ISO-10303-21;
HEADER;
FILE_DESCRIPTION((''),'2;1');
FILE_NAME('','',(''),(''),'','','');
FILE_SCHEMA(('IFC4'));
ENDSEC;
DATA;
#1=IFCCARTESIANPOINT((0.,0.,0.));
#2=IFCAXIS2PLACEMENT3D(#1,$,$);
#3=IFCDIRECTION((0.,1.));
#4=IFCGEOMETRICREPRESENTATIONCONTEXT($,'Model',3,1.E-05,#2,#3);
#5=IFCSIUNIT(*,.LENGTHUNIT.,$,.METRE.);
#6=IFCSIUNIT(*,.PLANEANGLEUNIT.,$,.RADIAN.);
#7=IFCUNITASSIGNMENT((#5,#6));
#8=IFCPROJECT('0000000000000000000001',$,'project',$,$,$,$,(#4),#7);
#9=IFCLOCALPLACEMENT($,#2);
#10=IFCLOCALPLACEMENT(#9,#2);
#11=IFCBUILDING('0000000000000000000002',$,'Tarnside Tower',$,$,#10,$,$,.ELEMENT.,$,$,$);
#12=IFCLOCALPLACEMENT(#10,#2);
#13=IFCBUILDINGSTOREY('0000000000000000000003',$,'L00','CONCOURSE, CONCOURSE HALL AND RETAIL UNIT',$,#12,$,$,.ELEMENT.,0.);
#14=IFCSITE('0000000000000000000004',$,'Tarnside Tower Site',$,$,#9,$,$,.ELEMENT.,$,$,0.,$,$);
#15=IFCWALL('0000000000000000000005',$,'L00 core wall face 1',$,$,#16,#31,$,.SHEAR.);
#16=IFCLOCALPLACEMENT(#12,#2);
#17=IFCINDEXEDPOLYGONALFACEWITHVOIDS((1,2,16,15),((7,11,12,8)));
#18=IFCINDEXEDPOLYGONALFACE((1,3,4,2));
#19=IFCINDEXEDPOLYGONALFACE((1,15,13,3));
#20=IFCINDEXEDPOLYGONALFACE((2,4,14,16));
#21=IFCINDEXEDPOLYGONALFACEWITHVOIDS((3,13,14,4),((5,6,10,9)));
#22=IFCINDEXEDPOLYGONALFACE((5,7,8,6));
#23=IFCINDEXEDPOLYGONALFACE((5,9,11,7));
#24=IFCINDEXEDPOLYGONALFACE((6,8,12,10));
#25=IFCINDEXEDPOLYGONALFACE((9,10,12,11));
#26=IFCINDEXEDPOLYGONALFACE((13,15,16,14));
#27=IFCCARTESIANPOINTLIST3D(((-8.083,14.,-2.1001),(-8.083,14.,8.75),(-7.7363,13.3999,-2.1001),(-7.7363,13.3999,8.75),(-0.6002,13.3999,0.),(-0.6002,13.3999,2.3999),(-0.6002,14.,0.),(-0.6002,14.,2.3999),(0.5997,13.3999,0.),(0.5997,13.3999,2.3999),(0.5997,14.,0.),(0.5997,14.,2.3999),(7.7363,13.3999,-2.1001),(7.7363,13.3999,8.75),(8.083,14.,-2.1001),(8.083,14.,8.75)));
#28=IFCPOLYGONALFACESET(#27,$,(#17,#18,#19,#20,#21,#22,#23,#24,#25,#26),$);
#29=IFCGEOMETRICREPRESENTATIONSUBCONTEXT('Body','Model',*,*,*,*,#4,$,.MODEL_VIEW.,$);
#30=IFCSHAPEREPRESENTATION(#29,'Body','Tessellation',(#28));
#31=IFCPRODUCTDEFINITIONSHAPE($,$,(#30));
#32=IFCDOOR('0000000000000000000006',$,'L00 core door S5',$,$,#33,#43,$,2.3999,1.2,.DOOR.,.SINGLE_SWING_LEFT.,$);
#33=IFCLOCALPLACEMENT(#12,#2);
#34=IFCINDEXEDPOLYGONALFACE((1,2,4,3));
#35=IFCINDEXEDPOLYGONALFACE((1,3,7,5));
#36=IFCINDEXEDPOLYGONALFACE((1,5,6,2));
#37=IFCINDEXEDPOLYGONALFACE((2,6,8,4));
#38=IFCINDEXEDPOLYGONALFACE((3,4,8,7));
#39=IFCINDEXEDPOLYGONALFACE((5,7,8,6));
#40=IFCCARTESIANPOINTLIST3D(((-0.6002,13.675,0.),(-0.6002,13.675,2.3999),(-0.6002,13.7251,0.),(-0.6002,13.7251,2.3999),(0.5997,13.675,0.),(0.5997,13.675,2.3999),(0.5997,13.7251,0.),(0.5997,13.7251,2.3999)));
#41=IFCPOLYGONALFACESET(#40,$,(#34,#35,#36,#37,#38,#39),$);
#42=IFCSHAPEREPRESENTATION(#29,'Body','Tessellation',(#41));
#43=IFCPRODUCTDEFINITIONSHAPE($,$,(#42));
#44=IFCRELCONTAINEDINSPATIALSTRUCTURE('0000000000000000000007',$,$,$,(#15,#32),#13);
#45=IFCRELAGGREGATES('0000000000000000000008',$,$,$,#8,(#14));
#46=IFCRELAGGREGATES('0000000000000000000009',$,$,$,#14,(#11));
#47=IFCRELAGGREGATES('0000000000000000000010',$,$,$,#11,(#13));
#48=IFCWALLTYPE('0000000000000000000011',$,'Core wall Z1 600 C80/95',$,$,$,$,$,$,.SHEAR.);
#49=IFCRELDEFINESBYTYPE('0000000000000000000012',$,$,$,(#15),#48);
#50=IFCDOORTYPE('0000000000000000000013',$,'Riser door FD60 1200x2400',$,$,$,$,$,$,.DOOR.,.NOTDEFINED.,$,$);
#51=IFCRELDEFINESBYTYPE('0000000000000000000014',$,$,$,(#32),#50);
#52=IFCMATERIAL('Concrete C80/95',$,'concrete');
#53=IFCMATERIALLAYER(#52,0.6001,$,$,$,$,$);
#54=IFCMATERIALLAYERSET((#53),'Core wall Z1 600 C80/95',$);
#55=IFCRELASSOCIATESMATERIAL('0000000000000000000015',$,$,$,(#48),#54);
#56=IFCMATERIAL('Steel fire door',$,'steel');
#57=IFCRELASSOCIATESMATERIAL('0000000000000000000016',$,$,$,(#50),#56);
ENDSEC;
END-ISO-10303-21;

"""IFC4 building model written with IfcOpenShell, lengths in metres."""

from ifc_helpers import new_model, si_unit, direction, frame, frame_2d, origin, place, context, subcontext, project, spatial, polyline, rectangle, outline, extrude, material, layer, layer_set, type_object, element, fill, save


model = new_model("IFC4")

# Units and contexts
model_context = context("Model", 3, precision=1e-05, world=origin(), true_north=direction((0.0, 1.0)))
body_context = subcontext(model_context, "Body", "Model", "MODEL_VIEW")
ifc_project = project(units=[si_unit("LENGTHUNIT", "METRE"), si_unit("PLANEANGLEUNIT", "RADIAN")], contexts=[model_context])

# Site, building, storey
site_placement = place(None, origin())
site = spatial("IfcSite", under=ifc_project, at=site_placement, Name="Tarnside Tower Site", CompositionType="ELEMENT", RefElevation=0.0)
building_placement = place(site_placement, origin())
building = spatial("IfcBuilding", under=site, at=building_placement, Name="Tarnside Tower", CompositionType="ELEMENT")
storey_placement = place(building_placement, origin())
storey = spatial("IfcBuildingStorey", under=building, at=storey_placement, Name="L00", Description="CONCOURSE, CONCOURSE HALL AND RETAIL UNIT", CompositionType="ELEMENT", Elevation=0.0)

# Wall, opening, door
ifc_material_1 = material(Name="Concrete C80/95", Category="concrete")
ifc_layer = layer(ifc_material_1, 0.6001)
ifc_layer_set = layer_set([ifc_layer], Name="Core wall Z1 600 C80/95")
wall_type = type_object("IfcWallType", Name="Core wall Z1 600 C80/95", PredefinedType="SHEAR", material=ifc_layer_set)
wall_placement = place(storey_placement, frame((7.9097, 13.7, -2.1001), z_axis=(0.0, 0.0, 1.0), x_axis=(-1.0, 0.0, 0.0)))
wall = element("IfcWall", 1, at=wall_placement, inside=storey, type_object=wall_type, Name="L00 core wall face 1", PredefinedType="SHEAR", context=body_context, shape_type="SweptSolid", body=[
    extrude(outline(polyline([(-0.1733, -0.3), (15.9927, -0.3), (15.646, 0.3), (0.1733, 0.3), (-0.1733, -0.3)])), origin(), (0.0, 0.0, 1.0), 10.8501),
])
opening_placement = place(wall_placement, frame((7.3098, 0.0, 2.1001)))
opening = element("IfcOpeningElement", 2, at=opening_placement, cuts=wall, PredefinedType="OPENING", context=body_context, shape_type="SweptSolid", body=[
    extrude(rectangle(XDim=1.2, YDim=2.3999, at=frame_2d((0.6001, 1.2))), frame((0.0, 0.3101, 0.0), z_axis=(0.0, -1.0, 0.0), x_axis=(1.0, 0.0, 0.0)), (0.0, 0.0, 1.0), 0.6201),
])
ifc_material_2 = material(Name="Steel fire door", Category="steel")
door_type = type_object("IfcDoorType", Name="Riser door FD60 1200x2400", OperationType="NOTDEFINED", PredefinedType="DOOR", material=ifc_material_2)
door_placement = place(opening_placement, origin())
door = element("IfcDoor", 3, at=door_placement, inside=storey, type_object=door_type, Name="L00 core door S5", OperationType="SINGLE_SWING_LEFT", OverallHeight=2.3999, OverallWidth=1.2, PredefinedType="DOOR", context=body_context, shape_type="SweptSolid", body=[
    extrude(rectangle(XDim=1.2, YDim=2.3999, at=frame_2d((0.6001, 1.2))), frame((0.0, 0.0249, 0.0), z_axis=(0.0, -1.0, 0.0), x_axis=(1.0, 0.0, 0.0)), (0.0, 0.0, 1.0), 0.05),
])
fill(opening, door)

save(model, "model.ifc")
